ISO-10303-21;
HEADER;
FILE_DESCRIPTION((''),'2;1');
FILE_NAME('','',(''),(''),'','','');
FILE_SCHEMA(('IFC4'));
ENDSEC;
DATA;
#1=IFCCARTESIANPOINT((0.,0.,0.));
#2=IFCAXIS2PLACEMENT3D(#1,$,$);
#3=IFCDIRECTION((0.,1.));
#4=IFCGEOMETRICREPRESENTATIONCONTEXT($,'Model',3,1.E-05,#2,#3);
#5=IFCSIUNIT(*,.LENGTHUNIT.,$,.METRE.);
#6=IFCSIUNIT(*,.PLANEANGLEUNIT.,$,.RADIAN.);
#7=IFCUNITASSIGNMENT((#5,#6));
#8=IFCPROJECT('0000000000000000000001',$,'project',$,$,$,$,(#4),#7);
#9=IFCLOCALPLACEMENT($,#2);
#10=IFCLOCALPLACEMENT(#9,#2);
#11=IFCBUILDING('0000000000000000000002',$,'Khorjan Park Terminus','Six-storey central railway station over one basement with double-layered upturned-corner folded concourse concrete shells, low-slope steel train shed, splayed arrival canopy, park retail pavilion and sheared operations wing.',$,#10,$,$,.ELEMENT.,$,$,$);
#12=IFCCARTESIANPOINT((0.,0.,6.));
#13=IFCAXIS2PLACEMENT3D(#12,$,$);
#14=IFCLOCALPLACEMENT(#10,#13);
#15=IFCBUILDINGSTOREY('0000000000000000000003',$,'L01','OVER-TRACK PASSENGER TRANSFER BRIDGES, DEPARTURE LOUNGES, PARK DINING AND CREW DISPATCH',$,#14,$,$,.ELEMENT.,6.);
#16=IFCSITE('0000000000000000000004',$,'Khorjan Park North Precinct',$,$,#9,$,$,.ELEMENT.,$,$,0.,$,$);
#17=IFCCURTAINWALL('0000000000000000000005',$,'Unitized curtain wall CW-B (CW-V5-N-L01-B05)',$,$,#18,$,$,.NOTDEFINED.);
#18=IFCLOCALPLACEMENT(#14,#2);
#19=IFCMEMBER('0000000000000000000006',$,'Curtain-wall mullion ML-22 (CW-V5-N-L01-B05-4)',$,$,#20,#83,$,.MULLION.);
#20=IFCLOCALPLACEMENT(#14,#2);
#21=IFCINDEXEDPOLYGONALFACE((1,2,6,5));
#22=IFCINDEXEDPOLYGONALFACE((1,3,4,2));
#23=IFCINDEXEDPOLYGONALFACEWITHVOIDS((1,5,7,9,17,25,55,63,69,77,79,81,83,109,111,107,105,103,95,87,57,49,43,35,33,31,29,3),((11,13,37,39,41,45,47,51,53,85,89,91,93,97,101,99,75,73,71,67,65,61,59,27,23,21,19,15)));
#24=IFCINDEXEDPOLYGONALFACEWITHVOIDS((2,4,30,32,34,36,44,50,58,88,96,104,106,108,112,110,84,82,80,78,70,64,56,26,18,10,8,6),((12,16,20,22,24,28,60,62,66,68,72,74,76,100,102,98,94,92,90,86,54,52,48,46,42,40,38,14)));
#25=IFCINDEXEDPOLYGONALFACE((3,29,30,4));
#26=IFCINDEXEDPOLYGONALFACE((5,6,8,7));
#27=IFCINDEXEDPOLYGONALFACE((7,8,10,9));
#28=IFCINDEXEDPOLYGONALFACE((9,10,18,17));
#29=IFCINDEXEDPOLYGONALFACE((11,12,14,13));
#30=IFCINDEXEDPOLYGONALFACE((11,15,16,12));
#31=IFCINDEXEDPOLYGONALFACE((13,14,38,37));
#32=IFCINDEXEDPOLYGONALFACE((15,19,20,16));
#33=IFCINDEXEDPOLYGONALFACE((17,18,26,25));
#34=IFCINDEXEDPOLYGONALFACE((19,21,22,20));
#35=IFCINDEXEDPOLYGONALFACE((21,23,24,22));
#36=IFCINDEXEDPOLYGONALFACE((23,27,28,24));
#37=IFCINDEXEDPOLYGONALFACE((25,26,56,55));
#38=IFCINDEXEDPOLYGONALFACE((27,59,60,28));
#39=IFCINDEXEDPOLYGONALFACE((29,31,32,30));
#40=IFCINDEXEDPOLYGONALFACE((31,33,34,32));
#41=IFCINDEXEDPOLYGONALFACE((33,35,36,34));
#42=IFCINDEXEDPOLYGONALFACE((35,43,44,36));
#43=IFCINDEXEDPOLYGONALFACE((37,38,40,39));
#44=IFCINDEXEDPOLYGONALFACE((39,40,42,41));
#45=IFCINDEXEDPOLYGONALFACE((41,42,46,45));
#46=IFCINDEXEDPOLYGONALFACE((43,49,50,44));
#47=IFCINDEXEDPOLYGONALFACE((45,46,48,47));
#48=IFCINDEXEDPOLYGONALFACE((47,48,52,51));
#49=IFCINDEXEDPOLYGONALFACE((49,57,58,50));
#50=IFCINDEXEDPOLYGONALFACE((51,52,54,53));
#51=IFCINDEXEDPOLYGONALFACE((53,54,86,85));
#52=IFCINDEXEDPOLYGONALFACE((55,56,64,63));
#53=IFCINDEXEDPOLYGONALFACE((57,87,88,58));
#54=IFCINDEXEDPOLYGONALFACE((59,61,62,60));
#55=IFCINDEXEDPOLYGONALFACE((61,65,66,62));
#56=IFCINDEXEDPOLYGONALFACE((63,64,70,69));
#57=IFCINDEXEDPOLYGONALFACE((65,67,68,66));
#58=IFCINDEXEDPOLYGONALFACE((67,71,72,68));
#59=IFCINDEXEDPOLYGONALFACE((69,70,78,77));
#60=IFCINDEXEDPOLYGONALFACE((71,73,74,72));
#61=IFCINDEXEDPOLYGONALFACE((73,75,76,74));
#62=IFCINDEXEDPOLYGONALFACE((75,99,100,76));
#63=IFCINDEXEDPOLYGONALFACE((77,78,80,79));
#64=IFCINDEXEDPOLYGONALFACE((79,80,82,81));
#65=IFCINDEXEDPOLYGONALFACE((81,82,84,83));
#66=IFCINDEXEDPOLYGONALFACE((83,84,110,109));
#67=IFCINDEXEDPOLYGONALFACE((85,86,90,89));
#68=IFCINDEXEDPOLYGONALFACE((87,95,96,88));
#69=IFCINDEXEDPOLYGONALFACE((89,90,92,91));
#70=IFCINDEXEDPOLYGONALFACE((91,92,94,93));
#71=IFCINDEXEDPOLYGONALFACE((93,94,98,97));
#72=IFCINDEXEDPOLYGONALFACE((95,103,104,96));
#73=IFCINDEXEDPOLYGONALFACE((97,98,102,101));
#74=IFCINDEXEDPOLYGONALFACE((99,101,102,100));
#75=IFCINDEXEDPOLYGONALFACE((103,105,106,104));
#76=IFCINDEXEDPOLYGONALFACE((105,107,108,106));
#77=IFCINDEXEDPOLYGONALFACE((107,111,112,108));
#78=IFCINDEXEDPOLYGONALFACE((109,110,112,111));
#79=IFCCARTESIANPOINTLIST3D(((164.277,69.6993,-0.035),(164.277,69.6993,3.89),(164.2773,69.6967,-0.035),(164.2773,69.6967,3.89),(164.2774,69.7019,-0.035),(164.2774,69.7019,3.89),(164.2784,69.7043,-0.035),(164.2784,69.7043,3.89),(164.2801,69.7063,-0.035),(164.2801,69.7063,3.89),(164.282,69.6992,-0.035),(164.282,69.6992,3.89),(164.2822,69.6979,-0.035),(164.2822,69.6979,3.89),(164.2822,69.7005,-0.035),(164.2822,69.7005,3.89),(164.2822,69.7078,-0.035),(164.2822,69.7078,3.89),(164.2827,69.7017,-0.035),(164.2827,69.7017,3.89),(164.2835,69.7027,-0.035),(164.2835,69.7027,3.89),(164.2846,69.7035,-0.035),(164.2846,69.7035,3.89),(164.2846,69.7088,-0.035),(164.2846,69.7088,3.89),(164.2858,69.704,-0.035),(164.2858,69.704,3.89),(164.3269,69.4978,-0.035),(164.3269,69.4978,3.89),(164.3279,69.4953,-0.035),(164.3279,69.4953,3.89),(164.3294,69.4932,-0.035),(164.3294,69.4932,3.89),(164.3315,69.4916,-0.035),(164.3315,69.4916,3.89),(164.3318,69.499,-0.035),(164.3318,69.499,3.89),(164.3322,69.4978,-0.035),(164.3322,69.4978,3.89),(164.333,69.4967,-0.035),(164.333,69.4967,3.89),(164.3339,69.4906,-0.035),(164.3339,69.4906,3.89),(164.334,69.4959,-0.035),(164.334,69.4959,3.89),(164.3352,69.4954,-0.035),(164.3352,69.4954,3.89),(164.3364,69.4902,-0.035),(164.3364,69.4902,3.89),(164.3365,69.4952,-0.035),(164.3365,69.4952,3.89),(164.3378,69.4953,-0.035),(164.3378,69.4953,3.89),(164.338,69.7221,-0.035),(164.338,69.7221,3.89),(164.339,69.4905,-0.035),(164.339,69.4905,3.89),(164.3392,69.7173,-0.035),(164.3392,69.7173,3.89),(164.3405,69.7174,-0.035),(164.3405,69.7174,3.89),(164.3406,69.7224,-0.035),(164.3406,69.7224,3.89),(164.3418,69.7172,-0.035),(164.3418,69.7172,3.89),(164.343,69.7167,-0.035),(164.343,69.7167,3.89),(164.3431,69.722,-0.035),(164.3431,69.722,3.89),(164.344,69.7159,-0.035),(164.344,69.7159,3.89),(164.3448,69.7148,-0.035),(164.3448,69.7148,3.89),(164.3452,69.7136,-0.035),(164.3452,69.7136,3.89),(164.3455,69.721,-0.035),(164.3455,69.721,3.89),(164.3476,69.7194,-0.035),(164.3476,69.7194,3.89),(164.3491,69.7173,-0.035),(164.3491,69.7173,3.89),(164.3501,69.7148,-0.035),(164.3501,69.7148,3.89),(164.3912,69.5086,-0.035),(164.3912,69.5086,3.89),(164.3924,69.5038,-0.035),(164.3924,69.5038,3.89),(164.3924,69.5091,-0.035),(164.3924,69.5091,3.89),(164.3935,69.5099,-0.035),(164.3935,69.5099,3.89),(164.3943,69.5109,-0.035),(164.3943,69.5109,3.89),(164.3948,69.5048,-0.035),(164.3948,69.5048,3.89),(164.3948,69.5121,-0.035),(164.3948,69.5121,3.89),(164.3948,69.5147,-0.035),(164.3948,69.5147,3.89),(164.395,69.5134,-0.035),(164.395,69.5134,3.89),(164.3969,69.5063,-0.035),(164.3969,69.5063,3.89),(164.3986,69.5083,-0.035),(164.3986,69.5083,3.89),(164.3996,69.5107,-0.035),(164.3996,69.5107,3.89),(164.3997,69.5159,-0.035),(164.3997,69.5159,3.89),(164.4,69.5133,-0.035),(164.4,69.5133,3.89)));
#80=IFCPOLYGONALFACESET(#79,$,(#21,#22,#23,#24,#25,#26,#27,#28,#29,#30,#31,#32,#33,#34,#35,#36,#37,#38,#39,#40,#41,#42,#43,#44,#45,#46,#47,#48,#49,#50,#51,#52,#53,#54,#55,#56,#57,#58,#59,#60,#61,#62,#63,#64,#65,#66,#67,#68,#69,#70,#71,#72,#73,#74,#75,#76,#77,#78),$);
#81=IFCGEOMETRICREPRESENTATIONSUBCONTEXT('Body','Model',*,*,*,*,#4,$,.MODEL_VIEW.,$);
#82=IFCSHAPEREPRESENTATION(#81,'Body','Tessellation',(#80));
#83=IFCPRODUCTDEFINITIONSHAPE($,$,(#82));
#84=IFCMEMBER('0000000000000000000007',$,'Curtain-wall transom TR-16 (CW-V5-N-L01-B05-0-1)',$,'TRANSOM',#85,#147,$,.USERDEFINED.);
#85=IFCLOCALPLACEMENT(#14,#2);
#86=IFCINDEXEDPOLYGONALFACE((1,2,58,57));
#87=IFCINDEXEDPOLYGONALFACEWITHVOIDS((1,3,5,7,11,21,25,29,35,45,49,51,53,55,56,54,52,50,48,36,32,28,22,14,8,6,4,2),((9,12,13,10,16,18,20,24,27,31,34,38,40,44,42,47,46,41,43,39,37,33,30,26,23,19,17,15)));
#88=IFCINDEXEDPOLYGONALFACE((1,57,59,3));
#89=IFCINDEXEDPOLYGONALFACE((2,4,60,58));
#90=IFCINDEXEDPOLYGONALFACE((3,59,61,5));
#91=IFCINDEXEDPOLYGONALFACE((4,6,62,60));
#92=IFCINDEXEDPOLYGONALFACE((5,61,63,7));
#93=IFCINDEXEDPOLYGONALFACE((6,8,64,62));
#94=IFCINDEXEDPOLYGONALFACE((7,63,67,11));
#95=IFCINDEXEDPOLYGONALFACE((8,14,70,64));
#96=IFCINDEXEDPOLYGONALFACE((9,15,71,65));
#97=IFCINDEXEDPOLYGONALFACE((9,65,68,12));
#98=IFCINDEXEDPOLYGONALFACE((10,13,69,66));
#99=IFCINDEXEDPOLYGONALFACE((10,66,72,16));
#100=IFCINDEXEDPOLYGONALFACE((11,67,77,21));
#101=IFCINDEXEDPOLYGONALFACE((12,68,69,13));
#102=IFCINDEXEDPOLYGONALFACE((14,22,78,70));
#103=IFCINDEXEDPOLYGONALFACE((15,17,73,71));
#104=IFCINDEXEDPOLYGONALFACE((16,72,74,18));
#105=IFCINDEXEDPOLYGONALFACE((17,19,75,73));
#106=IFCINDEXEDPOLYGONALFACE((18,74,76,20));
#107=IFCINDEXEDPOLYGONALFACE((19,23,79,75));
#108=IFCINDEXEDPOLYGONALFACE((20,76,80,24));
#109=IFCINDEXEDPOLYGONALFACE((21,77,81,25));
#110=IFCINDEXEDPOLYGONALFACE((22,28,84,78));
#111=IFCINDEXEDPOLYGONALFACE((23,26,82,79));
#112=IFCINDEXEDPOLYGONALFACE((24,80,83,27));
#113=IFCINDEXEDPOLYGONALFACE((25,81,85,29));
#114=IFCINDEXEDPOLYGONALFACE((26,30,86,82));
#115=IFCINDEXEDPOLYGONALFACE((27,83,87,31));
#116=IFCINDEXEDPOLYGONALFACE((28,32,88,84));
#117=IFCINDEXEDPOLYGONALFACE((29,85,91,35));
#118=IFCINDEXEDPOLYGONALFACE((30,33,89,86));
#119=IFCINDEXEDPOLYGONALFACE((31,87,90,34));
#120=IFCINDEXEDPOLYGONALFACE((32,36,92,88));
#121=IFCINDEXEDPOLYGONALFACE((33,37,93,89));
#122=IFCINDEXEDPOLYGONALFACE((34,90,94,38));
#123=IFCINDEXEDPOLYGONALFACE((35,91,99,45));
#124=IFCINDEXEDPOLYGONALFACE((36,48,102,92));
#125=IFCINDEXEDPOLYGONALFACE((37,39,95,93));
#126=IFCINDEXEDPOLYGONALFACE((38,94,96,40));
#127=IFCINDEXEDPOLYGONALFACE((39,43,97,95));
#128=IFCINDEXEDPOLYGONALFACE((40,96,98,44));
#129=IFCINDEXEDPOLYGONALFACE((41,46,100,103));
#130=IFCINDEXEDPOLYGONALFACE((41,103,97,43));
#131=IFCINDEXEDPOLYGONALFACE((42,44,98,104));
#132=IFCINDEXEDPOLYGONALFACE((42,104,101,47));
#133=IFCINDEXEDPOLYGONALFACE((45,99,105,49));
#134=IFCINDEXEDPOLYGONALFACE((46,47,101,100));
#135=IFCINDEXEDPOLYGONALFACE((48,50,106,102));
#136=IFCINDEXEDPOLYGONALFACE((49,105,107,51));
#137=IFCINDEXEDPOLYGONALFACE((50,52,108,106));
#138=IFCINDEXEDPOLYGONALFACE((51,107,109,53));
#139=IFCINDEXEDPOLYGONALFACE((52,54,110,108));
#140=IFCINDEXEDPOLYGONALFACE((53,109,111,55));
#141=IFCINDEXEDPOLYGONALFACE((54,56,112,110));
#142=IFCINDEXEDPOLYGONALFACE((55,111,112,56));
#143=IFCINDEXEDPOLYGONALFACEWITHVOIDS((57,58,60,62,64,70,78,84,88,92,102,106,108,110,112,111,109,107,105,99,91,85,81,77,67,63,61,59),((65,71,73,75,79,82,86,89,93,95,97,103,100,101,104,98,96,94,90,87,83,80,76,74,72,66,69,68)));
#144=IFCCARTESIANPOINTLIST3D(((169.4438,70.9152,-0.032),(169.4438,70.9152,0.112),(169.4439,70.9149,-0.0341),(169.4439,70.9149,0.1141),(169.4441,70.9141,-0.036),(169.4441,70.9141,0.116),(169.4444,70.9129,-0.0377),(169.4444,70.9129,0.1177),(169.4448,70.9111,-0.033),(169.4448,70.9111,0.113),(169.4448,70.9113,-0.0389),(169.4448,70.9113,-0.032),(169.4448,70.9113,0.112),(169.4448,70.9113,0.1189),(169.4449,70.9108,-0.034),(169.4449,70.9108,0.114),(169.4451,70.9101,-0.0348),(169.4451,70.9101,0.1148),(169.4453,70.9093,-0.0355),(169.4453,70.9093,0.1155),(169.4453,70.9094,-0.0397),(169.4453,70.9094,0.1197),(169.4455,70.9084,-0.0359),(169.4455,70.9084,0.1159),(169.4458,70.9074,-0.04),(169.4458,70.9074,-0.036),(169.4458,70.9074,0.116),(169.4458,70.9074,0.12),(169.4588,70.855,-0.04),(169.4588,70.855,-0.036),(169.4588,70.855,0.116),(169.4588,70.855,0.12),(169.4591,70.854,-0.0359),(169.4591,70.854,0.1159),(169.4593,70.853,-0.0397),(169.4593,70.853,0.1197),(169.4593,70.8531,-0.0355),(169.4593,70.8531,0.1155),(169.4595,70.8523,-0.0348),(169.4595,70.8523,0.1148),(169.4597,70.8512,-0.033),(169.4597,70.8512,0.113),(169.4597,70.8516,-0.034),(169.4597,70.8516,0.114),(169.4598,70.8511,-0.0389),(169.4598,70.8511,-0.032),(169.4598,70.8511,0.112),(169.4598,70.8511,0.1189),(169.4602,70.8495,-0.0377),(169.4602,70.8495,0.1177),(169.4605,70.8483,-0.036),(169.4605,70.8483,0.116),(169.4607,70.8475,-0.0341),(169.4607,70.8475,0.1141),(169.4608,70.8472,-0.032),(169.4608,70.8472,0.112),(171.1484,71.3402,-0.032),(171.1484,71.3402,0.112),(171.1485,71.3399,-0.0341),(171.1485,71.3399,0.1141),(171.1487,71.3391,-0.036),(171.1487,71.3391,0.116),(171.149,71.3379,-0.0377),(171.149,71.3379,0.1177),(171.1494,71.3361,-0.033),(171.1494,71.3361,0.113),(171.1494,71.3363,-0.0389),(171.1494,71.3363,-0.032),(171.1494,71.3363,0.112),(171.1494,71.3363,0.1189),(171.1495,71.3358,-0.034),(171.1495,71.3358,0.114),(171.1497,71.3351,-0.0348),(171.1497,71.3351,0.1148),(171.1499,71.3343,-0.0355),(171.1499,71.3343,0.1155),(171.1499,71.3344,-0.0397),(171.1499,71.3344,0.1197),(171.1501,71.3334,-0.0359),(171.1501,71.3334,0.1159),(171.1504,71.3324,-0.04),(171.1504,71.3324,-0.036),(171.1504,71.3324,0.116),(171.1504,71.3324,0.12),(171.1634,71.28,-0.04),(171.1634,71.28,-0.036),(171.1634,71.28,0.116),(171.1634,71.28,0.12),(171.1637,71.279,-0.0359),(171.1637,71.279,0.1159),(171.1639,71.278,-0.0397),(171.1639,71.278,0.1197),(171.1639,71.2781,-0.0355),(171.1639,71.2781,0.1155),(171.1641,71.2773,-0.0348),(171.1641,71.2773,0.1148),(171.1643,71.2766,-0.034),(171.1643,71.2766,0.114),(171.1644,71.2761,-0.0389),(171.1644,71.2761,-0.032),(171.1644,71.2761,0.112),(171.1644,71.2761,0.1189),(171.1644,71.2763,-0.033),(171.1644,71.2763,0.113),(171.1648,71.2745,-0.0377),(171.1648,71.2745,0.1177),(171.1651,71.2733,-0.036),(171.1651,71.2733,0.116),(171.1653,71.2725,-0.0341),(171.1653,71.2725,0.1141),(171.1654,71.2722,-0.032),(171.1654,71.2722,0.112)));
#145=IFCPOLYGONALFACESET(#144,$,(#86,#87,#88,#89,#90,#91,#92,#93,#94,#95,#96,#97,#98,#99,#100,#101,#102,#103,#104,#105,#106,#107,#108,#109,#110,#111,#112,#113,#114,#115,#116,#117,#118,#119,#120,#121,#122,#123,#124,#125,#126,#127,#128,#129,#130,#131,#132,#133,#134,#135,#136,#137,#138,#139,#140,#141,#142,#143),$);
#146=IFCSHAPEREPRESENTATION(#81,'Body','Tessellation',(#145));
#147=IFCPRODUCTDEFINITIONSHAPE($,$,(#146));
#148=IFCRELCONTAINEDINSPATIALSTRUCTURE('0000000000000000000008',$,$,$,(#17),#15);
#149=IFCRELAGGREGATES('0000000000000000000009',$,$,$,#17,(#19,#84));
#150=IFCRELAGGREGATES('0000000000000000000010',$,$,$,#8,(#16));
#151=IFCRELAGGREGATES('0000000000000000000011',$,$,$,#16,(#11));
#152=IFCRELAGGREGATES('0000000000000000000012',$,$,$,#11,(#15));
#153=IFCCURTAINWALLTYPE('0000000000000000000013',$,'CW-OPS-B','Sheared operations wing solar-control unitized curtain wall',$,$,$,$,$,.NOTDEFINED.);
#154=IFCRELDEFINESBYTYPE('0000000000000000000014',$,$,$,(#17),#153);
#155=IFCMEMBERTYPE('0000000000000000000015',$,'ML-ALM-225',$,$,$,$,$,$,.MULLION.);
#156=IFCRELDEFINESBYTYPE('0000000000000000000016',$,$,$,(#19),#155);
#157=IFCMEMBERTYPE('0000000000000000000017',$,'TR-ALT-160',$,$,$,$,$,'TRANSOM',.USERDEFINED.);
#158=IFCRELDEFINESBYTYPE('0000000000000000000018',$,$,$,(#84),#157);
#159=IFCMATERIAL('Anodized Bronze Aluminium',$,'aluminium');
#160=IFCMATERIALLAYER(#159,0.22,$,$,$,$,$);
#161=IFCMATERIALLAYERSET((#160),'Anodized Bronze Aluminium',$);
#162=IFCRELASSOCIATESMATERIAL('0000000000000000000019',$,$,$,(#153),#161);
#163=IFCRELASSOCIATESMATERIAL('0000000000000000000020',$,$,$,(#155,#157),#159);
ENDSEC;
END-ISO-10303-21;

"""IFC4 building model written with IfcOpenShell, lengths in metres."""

from ifc_helpers import new_model, si_unit, direction, frame, origin, origin_2d, place, context, subcontext, project, spatial, hollow_rectangle, extrude, material, layer, layer_set, material_profile, profile_set, type_object, element, aggregate, save


model = new_model("IFC4")

# Units and contexts
model_context = context("Model", 3, precision=1e-05, world=origin(), true_north=direction((0.0, 1.0)))
body_context = subcontext(model_context, "Body", "Model", "MODEL_VIEW")
ifc_project = project(units=[si_unit("LENGTHUNIT", "METRE"), si_unit("PLANEANGLEUNIT", "RADIAN")], contexts=[model_context])

# Site, building, storey
site_placement = place(None, origin())
site = spatial("IfcSite", under=ifc_project, at=site_placement, Name="Khorjan Park North Precinct", CompositionType="ELEMENT", RefElevation=0.0)
building_placement = place(site_placement, origin())
building = spatial("IfcBuilding", under=site, at=building_placement, Name="Khorjan Park Terminus", Description="Six-storey central railway station over one basement with double-layered upturned-corner folded concourse concrete shells, low-slope steel train shed, splayed arrival canopy, park retail pavilion and sheared operations wing.", CompositionType="ELEMENT")
storey_placement = place(building_placement, frame((0.0, 0.0, 6.0)))
storey = spatial("IfcBuildingStorey", under=building, at=storey_placement, Name="L01", Description="OVER-TRACK PASSENGER TRANSFER BRIDGES, DEPARTURE LOUNGES, PARK DINING AND CREW DISPATCH", CompositionType="ELEMENT", Elevation=6.0)

# Curtain wall, members
ifc_material_1 = material(Name="Anodized Bronze Aluminium", Category="aluminium")
ifc_layer_1 = layer(ifc_material_1, 0.22)
ifc_layer_set_1 = layer_set([ifc_layer_1], Name="Anodized Bronze Aluminium")
curtain_wall_type = type_object("IfcCurtainWallType", Name="CW-OPS-B", Description="Sheared operations wing solar-control unitized curtain wall", PredefinedType="NOTDEFINED", material=ifc_layer_set_1)
curtain_wall_placement = place(storey_placement, origin())
curtain_wall = element("IfcCurtainWall", 1, at=curtain_wall_placement, inside=storey, type_object=curtain_wall_type, Name="Unitized curtain wall CW-B (CW-V5-N-L01-B05)", PredefinedType="NOTDEFINED")
ifc_material_profile_1 = material_profile(ifc_material_1, hollow_rectangle(XDim=0.075, YDim=0.225, WallThickness=0.005, InnerFilletRadius=0.005, OuterFilletRadius=0.01, at=origin_2d()), Name="ALM 75x225x5")
ifc_profile_set_1 = profile_set([ifc_material_profile_1], Name="Anodized Bronze Aluminium")
member_type_1 = type_object("IfcMemberType", Name="ML-ALM-225", PredefinedType="MULLION", material=ifc_profile_set_1)
member_1_placement = place(storey_placement, frame((164.3385, 69.6063, -0.035), z_axis=(0.0, 0.0, 1.0), x_axis=(-0.970299, -0.241911, 0.0)))
member_1 = element("IfcMember", 2, at=member_1_placement, type_object=member_type_1, Name="Curtain-wall mullion ML-22 (CW-V5-N-L01-B05-4)", PredefinedType="MULLION", context=body_context, shape_type="SweptSolid", body=[
    extrude(hollow_rectangle(XDim=0.075, YDim=0.225, WallThickness=0.005, InnerFilletRadius=0.005, OuterFilletRadius=0.01, at=origin_2d()), origin(), (0.0, 0.0, 1.0), 3.925),
])
ifc_material_profile_2 = material_profile(ifc_material_1, hollow_rectangle(XDim=0.07, YDim=0.16, WallThickness=0.004, InnerFilletRadius=0.004, OuterFilletRadius=0.008, at=origin_2d()), Name="ALT 70x160x4")
ifc_profile_set_2 = profile_set([ifc_material_profile_2], Name="Anodized Bronze Aluminium")
member_type_2 = type_object("IfcMemberType", Name="TR-ALT-160", ElementType="TRANSOM", PredefinedType="USERDEFINED", material=ifc_profile_set_2)
member_2_placement = place(storey_placement, frame((171.1569, 71.3062, 0.04), z_axis=(-0.970296, -0.241919, 0.0), x_axis=(0.241919, -0.970296, 0.0)))
member_2 = element("IfcMember", 3, at=member_2_placement, type_object=member_type_2, Name="Curtain-wall transom TR-16 (CW-V5-N-L01-B05-0-1)", ObjectType="TRANSOM", PredefinedType="USERDEFINED", context=body_context, shape_type="SweptSolid", body=[
    extrude(hollow_rectangle(XDim=0.07, YDim=0.16, WallThickness=0.004, InnerFilletRadius=0.004, OuterFilletRadius=0.008, at=origin_2d()), origin(), (0.0, 0.0, 1.0), 1.7568),
])
aggregate(curtain_wall, [member_1, member_2])

save(model, "model.ifc")
